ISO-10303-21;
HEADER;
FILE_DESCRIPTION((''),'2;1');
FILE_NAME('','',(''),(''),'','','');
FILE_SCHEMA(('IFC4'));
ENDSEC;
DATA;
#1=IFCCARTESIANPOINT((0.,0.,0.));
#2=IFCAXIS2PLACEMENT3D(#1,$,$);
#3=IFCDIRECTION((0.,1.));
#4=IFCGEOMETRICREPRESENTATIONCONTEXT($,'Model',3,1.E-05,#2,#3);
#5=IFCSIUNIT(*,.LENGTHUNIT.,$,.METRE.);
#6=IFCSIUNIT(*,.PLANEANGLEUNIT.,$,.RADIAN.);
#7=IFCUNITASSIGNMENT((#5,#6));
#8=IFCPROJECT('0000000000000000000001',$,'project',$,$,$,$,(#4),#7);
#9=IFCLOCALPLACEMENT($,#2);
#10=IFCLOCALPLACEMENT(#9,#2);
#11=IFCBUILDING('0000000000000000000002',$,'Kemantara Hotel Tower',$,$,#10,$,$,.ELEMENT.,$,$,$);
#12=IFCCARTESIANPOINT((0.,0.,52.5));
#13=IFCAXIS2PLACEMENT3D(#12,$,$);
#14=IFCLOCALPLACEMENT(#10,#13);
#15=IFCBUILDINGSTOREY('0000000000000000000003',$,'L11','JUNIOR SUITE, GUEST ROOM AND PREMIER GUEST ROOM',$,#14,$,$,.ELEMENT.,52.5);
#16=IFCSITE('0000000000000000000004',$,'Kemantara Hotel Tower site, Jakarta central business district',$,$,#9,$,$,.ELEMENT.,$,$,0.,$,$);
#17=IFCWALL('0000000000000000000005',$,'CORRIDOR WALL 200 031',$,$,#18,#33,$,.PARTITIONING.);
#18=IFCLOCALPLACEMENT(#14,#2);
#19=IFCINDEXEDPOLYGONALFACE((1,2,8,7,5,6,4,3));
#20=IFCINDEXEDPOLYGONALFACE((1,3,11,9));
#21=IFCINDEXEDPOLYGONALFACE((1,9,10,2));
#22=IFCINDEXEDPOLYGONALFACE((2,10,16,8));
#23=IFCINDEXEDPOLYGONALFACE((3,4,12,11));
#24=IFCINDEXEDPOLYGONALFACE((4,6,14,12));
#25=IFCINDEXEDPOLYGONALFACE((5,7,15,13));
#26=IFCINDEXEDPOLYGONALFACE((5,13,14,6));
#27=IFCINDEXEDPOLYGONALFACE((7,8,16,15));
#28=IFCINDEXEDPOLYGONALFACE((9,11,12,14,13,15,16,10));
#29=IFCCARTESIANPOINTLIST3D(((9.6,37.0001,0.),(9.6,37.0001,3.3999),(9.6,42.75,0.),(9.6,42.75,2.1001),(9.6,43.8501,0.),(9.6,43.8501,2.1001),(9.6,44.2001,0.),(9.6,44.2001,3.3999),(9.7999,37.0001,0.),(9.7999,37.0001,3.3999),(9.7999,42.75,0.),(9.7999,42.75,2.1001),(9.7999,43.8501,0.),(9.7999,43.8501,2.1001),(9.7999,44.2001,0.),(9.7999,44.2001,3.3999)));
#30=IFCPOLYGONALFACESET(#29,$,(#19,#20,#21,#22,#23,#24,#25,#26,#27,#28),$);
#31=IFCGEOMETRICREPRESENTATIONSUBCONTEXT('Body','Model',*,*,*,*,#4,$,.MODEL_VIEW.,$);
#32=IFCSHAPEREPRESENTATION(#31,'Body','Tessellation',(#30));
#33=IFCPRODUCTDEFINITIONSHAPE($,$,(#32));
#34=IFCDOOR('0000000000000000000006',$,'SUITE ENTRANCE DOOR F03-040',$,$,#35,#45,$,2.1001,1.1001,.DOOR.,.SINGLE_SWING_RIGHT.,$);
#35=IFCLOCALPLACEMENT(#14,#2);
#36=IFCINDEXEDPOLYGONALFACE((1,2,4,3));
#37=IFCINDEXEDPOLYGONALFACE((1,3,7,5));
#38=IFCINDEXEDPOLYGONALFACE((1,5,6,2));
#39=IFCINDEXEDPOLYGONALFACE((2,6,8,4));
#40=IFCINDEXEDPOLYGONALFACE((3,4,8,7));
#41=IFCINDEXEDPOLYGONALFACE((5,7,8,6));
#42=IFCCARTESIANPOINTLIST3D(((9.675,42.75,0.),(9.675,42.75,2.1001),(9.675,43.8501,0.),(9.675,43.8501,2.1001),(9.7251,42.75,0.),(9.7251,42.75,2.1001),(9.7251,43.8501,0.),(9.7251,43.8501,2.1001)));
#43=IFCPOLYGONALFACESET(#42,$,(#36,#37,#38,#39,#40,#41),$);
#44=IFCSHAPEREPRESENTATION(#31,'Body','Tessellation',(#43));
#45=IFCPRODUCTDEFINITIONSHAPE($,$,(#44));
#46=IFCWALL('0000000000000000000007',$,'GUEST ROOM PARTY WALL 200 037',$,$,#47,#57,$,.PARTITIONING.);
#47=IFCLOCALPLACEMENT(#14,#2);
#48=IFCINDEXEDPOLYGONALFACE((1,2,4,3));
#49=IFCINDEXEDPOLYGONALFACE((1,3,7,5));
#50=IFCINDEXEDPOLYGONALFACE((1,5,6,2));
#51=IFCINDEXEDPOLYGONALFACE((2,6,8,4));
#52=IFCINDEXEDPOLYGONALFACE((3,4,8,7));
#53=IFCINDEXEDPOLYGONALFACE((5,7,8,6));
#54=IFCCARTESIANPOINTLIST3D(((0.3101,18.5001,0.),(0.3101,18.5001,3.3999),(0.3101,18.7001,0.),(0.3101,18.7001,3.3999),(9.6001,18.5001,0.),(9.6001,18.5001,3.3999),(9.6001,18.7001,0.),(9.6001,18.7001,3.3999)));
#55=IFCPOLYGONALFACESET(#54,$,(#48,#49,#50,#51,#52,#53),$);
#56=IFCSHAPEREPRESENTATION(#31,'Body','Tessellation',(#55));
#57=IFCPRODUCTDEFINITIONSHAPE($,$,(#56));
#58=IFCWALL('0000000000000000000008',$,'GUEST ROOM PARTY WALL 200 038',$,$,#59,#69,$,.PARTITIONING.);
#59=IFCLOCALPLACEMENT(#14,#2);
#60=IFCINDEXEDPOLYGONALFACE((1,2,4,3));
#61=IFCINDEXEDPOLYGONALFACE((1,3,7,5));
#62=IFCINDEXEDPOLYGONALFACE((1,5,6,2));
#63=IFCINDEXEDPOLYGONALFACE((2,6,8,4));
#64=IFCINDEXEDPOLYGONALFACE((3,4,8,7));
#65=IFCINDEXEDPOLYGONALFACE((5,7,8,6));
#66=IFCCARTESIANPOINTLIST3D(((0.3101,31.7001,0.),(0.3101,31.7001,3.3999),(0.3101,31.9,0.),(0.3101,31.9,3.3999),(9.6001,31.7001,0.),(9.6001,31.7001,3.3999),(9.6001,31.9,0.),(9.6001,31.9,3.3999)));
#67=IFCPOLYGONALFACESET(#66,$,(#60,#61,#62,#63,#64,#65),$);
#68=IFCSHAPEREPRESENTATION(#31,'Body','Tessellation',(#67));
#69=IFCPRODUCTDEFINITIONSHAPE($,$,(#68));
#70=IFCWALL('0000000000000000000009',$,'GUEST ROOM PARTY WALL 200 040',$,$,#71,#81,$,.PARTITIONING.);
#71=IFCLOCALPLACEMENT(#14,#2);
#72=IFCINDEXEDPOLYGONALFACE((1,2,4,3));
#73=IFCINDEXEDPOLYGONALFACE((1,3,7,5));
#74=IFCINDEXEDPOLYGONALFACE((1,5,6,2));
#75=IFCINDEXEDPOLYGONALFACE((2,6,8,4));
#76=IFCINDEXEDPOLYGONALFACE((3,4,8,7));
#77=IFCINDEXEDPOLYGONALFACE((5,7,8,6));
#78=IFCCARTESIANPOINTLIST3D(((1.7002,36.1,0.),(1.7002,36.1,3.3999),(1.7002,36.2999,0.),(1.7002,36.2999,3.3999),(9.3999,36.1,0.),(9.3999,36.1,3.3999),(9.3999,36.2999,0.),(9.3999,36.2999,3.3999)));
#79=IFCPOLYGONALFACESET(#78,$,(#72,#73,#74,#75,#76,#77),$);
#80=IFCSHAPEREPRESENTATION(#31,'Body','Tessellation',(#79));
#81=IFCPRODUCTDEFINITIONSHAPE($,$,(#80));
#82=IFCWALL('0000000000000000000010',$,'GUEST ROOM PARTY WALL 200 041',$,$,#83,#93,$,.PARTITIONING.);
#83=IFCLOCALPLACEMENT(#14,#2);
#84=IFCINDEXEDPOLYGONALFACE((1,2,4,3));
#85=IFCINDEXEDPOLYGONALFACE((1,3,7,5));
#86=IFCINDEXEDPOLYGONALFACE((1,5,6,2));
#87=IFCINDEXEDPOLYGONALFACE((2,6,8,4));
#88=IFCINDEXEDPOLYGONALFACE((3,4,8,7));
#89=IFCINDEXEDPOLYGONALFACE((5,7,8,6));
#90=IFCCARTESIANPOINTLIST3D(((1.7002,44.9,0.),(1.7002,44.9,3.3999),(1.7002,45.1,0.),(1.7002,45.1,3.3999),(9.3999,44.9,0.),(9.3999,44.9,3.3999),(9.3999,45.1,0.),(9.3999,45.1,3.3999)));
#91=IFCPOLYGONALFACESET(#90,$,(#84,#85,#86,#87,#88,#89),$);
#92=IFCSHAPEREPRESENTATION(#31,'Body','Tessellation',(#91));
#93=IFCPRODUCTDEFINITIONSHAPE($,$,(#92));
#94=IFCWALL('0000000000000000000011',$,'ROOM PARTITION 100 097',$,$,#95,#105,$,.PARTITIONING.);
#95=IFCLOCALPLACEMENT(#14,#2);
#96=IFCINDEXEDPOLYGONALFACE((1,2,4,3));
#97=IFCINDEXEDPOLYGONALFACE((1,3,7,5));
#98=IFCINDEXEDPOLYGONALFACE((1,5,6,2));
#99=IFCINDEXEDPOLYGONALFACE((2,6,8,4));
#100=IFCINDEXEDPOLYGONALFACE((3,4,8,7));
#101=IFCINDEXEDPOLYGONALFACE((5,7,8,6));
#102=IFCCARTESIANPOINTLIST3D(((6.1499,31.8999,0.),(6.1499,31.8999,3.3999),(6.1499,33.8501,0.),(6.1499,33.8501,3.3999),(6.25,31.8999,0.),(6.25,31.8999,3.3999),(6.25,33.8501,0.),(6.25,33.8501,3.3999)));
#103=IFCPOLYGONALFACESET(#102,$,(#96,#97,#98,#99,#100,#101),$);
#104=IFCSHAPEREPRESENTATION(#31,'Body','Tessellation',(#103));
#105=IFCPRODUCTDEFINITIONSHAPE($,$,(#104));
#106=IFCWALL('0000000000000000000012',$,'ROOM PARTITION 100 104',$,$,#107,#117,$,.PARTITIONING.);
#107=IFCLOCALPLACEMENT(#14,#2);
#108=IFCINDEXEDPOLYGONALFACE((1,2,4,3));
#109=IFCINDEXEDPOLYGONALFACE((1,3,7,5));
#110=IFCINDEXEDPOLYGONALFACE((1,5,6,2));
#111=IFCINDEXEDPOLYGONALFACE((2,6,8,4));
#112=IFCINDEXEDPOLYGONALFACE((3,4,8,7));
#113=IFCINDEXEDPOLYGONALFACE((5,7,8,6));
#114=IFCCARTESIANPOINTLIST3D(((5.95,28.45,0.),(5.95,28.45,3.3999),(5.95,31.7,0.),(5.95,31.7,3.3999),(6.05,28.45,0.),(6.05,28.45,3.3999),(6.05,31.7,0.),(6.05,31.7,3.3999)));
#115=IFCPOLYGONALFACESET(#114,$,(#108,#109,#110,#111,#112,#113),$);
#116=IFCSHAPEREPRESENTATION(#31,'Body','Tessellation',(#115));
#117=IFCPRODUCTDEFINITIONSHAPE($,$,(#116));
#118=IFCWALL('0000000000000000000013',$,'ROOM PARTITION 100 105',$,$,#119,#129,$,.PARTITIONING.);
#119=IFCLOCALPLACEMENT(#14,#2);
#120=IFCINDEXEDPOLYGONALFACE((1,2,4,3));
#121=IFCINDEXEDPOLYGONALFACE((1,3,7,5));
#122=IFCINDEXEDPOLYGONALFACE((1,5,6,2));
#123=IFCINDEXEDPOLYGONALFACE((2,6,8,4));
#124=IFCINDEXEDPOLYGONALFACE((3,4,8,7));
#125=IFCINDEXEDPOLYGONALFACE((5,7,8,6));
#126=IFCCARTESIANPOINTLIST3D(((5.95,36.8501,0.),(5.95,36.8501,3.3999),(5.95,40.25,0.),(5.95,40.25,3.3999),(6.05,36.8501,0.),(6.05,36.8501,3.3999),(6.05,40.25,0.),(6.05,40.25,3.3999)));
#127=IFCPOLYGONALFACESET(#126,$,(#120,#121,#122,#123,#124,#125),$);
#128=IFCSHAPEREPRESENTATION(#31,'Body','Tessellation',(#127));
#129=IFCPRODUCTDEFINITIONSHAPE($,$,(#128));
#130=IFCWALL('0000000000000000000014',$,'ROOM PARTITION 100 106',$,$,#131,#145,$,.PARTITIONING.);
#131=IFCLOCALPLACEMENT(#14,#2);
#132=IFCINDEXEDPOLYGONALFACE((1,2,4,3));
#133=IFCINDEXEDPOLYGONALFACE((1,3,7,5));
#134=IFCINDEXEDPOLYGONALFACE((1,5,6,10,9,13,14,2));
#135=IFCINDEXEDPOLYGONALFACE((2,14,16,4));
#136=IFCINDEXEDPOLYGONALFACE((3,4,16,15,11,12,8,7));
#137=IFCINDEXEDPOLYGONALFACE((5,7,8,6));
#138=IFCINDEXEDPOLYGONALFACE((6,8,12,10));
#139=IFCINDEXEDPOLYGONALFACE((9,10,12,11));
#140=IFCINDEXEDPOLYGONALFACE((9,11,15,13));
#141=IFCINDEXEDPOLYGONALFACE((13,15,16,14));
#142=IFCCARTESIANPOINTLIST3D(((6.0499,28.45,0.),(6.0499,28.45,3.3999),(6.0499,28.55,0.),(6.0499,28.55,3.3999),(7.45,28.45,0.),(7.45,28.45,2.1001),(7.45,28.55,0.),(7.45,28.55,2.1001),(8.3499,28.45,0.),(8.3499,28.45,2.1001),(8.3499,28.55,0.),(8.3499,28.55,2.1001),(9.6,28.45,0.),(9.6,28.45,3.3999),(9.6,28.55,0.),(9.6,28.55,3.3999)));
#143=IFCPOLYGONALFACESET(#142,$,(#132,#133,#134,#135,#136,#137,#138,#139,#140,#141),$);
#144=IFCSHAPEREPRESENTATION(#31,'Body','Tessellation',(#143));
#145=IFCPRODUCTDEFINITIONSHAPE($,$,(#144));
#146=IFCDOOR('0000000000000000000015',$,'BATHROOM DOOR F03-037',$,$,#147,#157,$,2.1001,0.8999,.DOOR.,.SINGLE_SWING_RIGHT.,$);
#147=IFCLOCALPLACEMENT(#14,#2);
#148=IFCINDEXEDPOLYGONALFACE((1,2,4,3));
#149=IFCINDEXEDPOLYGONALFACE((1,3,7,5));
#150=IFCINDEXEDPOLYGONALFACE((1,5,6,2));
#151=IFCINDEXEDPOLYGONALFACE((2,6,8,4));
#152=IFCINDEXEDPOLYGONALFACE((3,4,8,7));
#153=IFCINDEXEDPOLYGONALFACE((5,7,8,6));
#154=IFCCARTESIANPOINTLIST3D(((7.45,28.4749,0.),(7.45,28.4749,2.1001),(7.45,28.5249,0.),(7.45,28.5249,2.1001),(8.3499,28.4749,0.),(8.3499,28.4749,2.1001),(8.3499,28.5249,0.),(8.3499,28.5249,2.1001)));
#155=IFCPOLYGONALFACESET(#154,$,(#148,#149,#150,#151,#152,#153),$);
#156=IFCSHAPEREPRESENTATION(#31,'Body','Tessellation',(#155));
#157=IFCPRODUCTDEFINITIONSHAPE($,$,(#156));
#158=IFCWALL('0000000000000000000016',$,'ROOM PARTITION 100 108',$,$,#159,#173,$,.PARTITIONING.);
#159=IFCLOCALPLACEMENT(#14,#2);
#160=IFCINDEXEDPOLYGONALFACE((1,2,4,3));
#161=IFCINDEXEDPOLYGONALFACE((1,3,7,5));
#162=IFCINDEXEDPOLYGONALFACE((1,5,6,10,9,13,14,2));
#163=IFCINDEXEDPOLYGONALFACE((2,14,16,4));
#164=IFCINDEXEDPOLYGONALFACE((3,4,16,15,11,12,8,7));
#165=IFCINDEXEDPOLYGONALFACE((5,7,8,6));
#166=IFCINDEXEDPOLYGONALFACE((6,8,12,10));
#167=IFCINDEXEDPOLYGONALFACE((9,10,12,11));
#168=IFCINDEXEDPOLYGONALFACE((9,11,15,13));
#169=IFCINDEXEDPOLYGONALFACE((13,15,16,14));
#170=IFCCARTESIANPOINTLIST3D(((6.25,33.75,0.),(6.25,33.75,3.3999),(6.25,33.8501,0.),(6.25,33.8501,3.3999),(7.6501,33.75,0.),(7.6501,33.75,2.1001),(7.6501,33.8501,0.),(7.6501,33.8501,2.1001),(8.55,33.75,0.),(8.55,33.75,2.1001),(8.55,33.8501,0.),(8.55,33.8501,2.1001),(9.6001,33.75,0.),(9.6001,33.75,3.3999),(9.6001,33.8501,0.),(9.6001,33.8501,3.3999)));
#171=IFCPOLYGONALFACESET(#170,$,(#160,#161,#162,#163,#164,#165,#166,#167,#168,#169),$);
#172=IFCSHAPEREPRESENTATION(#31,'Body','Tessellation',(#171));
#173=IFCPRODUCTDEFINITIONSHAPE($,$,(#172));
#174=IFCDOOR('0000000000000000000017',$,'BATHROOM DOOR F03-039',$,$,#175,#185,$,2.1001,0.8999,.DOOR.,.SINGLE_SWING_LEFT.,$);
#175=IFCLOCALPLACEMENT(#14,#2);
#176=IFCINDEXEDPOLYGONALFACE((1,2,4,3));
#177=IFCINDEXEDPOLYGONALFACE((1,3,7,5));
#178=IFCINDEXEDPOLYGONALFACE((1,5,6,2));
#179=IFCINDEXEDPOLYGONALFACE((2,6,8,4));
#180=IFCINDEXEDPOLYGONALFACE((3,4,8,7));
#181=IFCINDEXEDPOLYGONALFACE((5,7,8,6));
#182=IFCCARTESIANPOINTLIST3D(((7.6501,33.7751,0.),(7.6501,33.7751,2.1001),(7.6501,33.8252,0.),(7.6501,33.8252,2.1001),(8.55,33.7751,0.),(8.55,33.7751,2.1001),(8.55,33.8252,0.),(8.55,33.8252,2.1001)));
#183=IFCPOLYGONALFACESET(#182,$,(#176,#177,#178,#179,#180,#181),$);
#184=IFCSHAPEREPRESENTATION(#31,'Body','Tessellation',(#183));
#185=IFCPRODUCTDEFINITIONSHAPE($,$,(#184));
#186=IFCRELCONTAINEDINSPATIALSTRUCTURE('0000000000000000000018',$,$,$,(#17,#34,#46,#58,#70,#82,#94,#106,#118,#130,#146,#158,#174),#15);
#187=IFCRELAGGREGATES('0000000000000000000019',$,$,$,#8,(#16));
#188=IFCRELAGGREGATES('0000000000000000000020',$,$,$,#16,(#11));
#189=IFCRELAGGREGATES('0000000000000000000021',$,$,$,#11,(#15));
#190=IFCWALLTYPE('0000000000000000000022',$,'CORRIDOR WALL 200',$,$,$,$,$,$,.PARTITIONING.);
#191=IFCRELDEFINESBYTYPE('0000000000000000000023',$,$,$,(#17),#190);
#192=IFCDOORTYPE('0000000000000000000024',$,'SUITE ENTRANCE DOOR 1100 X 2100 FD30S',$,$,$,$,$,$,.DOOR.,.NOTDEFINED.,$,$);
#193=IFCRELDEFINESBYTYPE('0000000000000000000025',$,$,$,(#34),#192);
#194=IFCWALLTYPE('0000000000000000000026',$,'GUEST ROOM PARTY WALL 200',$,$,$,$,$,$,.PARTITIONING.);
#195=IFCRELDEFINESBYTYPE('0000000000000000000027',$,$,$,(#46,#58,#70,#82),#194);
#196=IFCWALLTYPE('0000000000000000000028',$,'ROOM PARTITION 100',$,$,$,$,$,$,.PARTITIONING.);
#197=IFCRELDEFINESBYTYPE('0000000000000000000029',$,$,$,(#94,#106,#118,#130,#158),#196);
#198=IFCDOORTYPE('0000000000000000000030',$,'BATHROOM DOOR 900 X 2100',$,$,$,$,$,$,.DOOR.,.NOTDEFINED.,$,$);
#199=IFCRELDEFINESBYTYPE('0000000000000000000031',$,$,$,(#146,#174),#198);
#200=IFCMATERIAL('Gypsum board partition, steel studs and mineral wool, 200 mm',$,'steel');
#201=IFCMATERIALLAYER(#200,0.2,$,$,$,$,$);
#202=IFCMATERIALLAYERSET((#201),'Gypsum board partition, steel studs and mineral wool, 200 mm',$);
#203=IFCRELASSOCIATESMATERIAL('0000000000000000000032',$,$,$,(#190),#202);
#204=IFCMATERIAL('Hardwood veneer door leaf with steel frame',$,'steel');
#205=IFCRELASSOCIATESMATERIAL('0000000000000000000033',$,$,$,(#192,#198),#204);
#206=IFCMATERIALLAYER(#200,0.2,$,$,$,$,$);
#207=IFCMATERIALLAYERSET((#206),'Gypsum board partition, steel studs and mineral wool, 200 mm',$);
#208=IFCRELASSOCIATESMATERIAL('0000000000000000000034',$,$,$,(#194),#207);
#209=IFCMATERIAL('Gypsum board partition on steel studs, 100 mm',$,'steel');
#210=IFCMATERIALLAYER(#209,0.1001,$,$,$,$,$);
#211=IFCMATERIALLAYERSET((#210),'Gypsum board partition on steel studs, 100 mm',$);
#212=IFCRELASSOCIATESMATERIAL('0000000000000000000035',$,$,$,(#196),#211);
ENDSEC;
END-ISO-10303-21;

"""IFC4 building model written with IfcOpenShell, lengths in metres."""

from ifc_helpers import new_model, si_unit, direction, frame, frame_2d, origin, place, context, subcontext, project, spatial, rectangle, extrude, material, layer, layer_set, type_object, element, fill, save


model = new_model("IFC4")

# Units and contexts
model_context = context("Model", 3, precision=1e-05, world=origin(), true_north=direction((0.0, 1.0)))
body_context = subcontext(model_context, "Body", "Model", "MODEL_VIEW")
ifc_project = project(units=[si_unit("LENGTHUNIT", "METRE"), si_unit("PLANEANGLEUNIT", "RADIAN")], contexts=[model_context])

# Site, building, storey
site_placement = place(None, origin())
site = spatial("IfcSite", under=ifc_project, at=site_placement, Name="Kemantara Hotel Tower site, Jakarta central business district", CompositionType="ELEMENT", RefElevation=0.0)
building_placement = place(site_placement, origin())
building = spatial("IfcBuilding", under=site, at=building_placement, Name="Kemantara Hotel Tower", CompositionType="ELEMENT")
storey_placement = place(building_placement, frame((0.0, 0.0, 52.5)))
storey = spatial("IfcBuildingStorey", under=building, at=storey_placement, Name="L11", Description="JUNIOR SUITE, GUEST ROOM AND PREMIER GUEST ROOM", CompositionType="ELEMENT", Elevation=52.5)

# Wall, opening, door
ifc_material_1 = material(Name="Gypsum board partition, steel studs and mineral wool, 200 mm", Category="steel")
ifc_layer_1 = layer(ifc_material_1, 0.2)
ifc_layer_set_1 = layer_set([ifc_layer_1], Name="Gypsum board partition, steel studs and mineral wool, 200 mm")
wall_type_1 = type_object("IfcWallType", Name="CORRIDOR WALL 200", PredefinedType="PARTITIONING", material=ifc_layer_set_1)
ifc_material_2 = material(Name="Hardwood veneer door leaf with steel frame", Category="steel")
door_type_1 = type_object("IfcDoorType", Name="SUITE ENTRANCE DOOR 1100 X 2100 FD30S", OperationType="NOTDEFINED", PredefinedType="DOOR", material=ifc_material_2)
wall_1_placement = place(storey_placement, frame((9.7, 37.0, 0.0), z_axis=(0.0, 0.0, 1.0), x_axis=(0.0, 1.0, 0.0)))
wall_1 = element("IfcWall", 1, at=wall_1_placement, inside=storey, type_object=wall_type_1, Name="CORRIDOR WALL 200 031", PredefinedType="PARTITIONING", context=body_context, shape_type="SweptSolid", body=[
    extrude(rectangle(XDim=7.2, YDim=0.2, at=frame_2d((3.6001, 0.0))), origin(), (0.0, 0.0, 1.0), 3.3999),
])
opening_1_placement = place(wall_1_placement, frame((5.75, 0.0, 0.0)))
opening_1 = element("IfcOpeningElement", 2, at=opening_1_placement, cuts=wall_1, PredefinedType="OPENING", context=body_context, shape_type="SweptSolid", body=[
    extrude(rectangle(XDim=1.1001, YDim=2.1001, at=frame_2d((0.55, 1.05))), frame((0.0, 0.1099, 0.0), z_axis=(0.0, -1.0, 0.0), x_axis=(1.0, 0.0, 0.0)), (0.0, 0.0, 1.0), 0.22),
])
door_1_placement = place(opening_1_placement, origin())
door_1 = element("IfcDoor", 3, at=door_1_placement, inside=storey, type_object=door_type_1, Name="SUITE ENTRANCE DOOR F03-040", OperationType="SINGLE_SWING_RIGHT", OverallHeight=2.1001, OverallWidth=1.1001, PredefinedType="DOOR", context=body_context, shape_type="SweptSolid", body=[
    extrude(rectangle(XDim=1.1001, YDim=2.1001, at=frame_2d((0.55, 1.05))), frame((0.0, 0.0249, 0.0), z_axis=(0.0, -1.0, 0.0), x_axis=(1.0, 0.0, 0.0)), (0.0, 0.0, 1.0), 0.05),
])
fill(opening_1, door_1)

# Walls
ifc_layer_2 = layer(ifc_material_1, 0.2)
ifc_layer_set_2 = layer_set([ifc_layer_2], Name="Gypsum board partition, steel studs and mineral wool, 200 mm")
wall_type_2 = type_object("IfcWallType", Name="GUEST ROOM PARTY WALL 200", PredefinedType="PARTITIONING", material=ifc_layer_set_2)
for number, where, z_axis, x_axis, name in (
    (4, (0.3101, 18.6001, 0.0), (0.0, 0.0, 1.0), (1.0, 0.0, 0.0), "GUEST ROOM PARTY WALL 200 037"),
    (5, (0.3101, 31.8, 0.0), (0.0, 0.0, 1.0), (1.0, 0.0, 0.0), "GUEST ROOM PARTY WALL 200 038"),
):
    element("IfcWall", number, at=place(storey_placement, frame(where, z_axis=z_axis, x_axis=x_axis)), inside=storey, type_object=wall_type_2, Name=name, PredefinedType="PARTITIONING", context=body_context, shape_type="SweptSolid", body=[
        extrude(rectangle(XDim=9.29, YDim=0.2, at=frame_2d((4.645, 0.0))), origin(), (0.0, 0.0, 1.0), 3.3999),
    ])
for number, where, z_axis, x_axis, name in (
    (6, (1.7002, 36.2, 0.0), (0.0, 0.0, 1.0), (1.0, 0.0, 0.0), "GUEST ROOM PARTY WALL 200 040"),
    (7, (1.7002, 45.0, 0.0), (0.0, 0.0, 1.0), (1.0, 0.0, 0.0), "GUEST ROOM PARTY WALL 200 041"),
):
    element("IfcWall", number, at=place(storey_placement, frame(where, z_axis=z_axis, x_axis=x_axis)), inside=storey, type_object=wall_type_2, Name=name, PredefinedType="PARTITIONING", context=body_context, shape_type="SweptSolid", body=[
        extrude(rectangle(XDim=7.6997, YDim=0.2, at=frame_2d((3.8499, 0.0))), origin(), (0.0, 0.0, 1.0), 3.3999),
    ])
ifc_material_3 = material(Name="Gypsum board partition on steel studs, 100 mm", Category="steel")
ifc_layer_3 = layer(ifc_material_3, 0.1001)
ifc_layer_set_3 = layer_set([ifc_layer_3], Name="Gypsum board partition on steel studs, 100 mm")
wall_type_3 = type_object("IfcWallType", Name="ROOM PARTITION 100", PredefinedType="PARTITIONING", material=ifc_layer_set_3)
wall_2_placement = place(storey_placement, frame((6.2, 31.8999, 0.0), z_axis=(0.0, 0.0, 1.0), x_axis=(0.0, 1.0, 0.0)))
element("IfcWall", 8, at=wall_2_placement, inside=storey, type_object=wall_type_3, Name="ROOM PARTITION 100 097", PredefinedType="PARTITIONING", context=body_context, shape_type="SweptSolid", body=[
    extrude(rectangle(XDim=1.9502, YDim=0.1001, at=frame_2d((0.9751, 0.0))), origin(), (0.0, 0.0, 1.0), 3.3999),
])
wall_3_placement = place(storey_placement, frame((6.0, 28.45, 0.0), z_axis=(0.0, 0.0, 1.0), x_axis=(0.0, 1.0, 0.0)))
element("IfcWall", 9, at=wall_3_placement, inside=storey, type_object=wall_type_3, Name="ROOM PARTITION 100 104", PredefinedType="PARTITIONING", context=body_context, shape_type="SweptSolid", body=[
    extrude(rectangle(XDim=3.25, YDim=0.1001, at=frame_2d((1.625, 0.0))), origin(), (0.0, 0.0, 1.0), 3.3999),
])
wall_4_placement = place(storey_placement, frame((6.0, 36.8501, 0.0), z_axis=(0.0, 0.0, 1.0), x_axis=(0.0, 1.0, 0.0)))
element("IfcWall", 10, at=wall_4_placement, inside=storey, type_object=wall_type_3, Name="ROOM PARTITION 100 105", PredefinedType="PARTITIONING", context=body_context, shape_type="SweptSolid", body=[
    extrude(rectangle(XDim=3.3999, YDim=0.1001, at=frame_2d((1.7, 0.0))), origin(), (0.0, 0.0, 1.0), 3.3999),
])

# Walls, openings, doors
wall_5_placement = place(storey_placement, frame((6.05, 28.5, 0.0), z_axis=(0.0, 0.0, 1.0), x_axis=(1.0, 0.0, 0.0)))
wall_5 = element("IfcWall", 11, at=wall_5_placement, inside=storey, type_object=wall_type_3, Name="ROOM PARTITION 100 106", PredefinedType="PARTITIONING", context=body_context, shape_type="SweptSolid", body=[
    extrude(rectangle(XDim=3.55, YDim=0.1001, at=frame_2d((1.7749, 0.0))), origin(), (0.0, 0.0, 1.0), 3.3999),
])
opening_2_placement = place(wall_5_placement, frame((1.3999, 0.0, 0.0)))
opening_2 = element("IfcOpeningElement", 12, at=opening_2_placement, cuts=wall_5, PredefinedType="OPENING", context=body_context, shape_type="SweptSolid", body=[
    extrude(rectangle(XDim=0.8999, YDim=2.1001, at=frame_2d((0.45, 1.05))), frame((0.0, 0.0601, 0.0), z_axis=(0.0, -1.0, 0.0), x_axis=(1.0, 0.0, 0.0)), (0.0, 0.0, 1.0), 0.1201),
])
door_type_2 = type_object("IfcDoorType", Name="BATHROOM DOOR 900 X 2100", OperationType="NOTDEFINED", PredefinedType="DOOR", material=ifc_material_2)
door_2_placement = place(opening_2_placement, origin())
door_2 = element("IfcDoor", 13, at=door_2_placement, inside=storey, type_object=door_type_2, Name="BATHROOM DOOR F03-037", OperationType="SINGLE_SWING_RIGHT", OverallHeight=2.1001, OverallWidth=0.8999, PredefinedType="DOOR", context=body_context, shape_type="SweptSolid", body=[
    extrude(rectangle(XDim=0.8999, YDim=2.1001, at=frame_2d((0.45, 1.05))), frame((0.0, 0.0249, 0.0), z_axis=(0.0, -1.0, 0.0), x_axis=(1.0, 0.0, 0.0)), (0.0, 0.0, 1.0), 0.05),
])
fill(opening_2, door_2)
wall_6_placement = place(storey_placement, frame((9.6001, 33.8, 0.0), z_axis=(0.0, 0.0, 1.0), x_axis=(-1.0, 0.0, 0.0)))
wall_6 = element("IfcWall", 14, at=wall_6_placement, inside=storey, type_object=wall_type_3, Name="ROOM PARTITION 100 108", PredefinedType="PARTITIONING", context=body_context, shape_type="SweptSolid", body=[
    extrude(rectangle(XDim=3.3501, YDim=0.1001, at=frame_2d((1.675, 0.0))), origin(), (0.0, 0.0, 1.0), 3.3999),
])
opening_3_placement = place(wall_6_placement, frame((1.05, 0.0, 0.0)))
opening_3 = element("IfcOpeningElement", 15, at=opening_3_placement, cuts=wall_6, PredefinedType="OPENING", context=body_context, shape_type="SweptSolid", body=[
    extrude(rectangle(XDim=0.8999, YDim=2.1001, at=frame_2d((0.45, 1.05))), frame((0.0, 0.0601, 0.0), z_axis=(0.0, -1.0, 0.0), x_axis=(1.0, 0.0, 0.0)), (0.0, 0.0, 1.0), 0.1201),
])
door_3_placement = place(opening_3_placement, origin())
door_3 = element("IfcDoor", 16, at=door_3_placement, inside=storey, type_object=door_type_2, Name="BATHROOM DOOR F03-039", OperationType="SINGLE_SWING_LEFT", OverallHeight=2.1001, OverallWidth=0.8999, PredefinedType="DOOR", context=body_context, shape_type="SweptSolid", body=[
    extrude(rectangle(XDim=0.8999, YDim=2.1001, at=frame_2d((0.45, 1.05))), frame((0.0, 0.0249, 0.0), z_axis=(0.0, -1.0, 0.0), x_axis=(1.0, 0.0, 0.0)), (0.0, 0.0, 1.0), 0.05),
])
fill(opening_3, door_3)

save(model, "model.ifc")
